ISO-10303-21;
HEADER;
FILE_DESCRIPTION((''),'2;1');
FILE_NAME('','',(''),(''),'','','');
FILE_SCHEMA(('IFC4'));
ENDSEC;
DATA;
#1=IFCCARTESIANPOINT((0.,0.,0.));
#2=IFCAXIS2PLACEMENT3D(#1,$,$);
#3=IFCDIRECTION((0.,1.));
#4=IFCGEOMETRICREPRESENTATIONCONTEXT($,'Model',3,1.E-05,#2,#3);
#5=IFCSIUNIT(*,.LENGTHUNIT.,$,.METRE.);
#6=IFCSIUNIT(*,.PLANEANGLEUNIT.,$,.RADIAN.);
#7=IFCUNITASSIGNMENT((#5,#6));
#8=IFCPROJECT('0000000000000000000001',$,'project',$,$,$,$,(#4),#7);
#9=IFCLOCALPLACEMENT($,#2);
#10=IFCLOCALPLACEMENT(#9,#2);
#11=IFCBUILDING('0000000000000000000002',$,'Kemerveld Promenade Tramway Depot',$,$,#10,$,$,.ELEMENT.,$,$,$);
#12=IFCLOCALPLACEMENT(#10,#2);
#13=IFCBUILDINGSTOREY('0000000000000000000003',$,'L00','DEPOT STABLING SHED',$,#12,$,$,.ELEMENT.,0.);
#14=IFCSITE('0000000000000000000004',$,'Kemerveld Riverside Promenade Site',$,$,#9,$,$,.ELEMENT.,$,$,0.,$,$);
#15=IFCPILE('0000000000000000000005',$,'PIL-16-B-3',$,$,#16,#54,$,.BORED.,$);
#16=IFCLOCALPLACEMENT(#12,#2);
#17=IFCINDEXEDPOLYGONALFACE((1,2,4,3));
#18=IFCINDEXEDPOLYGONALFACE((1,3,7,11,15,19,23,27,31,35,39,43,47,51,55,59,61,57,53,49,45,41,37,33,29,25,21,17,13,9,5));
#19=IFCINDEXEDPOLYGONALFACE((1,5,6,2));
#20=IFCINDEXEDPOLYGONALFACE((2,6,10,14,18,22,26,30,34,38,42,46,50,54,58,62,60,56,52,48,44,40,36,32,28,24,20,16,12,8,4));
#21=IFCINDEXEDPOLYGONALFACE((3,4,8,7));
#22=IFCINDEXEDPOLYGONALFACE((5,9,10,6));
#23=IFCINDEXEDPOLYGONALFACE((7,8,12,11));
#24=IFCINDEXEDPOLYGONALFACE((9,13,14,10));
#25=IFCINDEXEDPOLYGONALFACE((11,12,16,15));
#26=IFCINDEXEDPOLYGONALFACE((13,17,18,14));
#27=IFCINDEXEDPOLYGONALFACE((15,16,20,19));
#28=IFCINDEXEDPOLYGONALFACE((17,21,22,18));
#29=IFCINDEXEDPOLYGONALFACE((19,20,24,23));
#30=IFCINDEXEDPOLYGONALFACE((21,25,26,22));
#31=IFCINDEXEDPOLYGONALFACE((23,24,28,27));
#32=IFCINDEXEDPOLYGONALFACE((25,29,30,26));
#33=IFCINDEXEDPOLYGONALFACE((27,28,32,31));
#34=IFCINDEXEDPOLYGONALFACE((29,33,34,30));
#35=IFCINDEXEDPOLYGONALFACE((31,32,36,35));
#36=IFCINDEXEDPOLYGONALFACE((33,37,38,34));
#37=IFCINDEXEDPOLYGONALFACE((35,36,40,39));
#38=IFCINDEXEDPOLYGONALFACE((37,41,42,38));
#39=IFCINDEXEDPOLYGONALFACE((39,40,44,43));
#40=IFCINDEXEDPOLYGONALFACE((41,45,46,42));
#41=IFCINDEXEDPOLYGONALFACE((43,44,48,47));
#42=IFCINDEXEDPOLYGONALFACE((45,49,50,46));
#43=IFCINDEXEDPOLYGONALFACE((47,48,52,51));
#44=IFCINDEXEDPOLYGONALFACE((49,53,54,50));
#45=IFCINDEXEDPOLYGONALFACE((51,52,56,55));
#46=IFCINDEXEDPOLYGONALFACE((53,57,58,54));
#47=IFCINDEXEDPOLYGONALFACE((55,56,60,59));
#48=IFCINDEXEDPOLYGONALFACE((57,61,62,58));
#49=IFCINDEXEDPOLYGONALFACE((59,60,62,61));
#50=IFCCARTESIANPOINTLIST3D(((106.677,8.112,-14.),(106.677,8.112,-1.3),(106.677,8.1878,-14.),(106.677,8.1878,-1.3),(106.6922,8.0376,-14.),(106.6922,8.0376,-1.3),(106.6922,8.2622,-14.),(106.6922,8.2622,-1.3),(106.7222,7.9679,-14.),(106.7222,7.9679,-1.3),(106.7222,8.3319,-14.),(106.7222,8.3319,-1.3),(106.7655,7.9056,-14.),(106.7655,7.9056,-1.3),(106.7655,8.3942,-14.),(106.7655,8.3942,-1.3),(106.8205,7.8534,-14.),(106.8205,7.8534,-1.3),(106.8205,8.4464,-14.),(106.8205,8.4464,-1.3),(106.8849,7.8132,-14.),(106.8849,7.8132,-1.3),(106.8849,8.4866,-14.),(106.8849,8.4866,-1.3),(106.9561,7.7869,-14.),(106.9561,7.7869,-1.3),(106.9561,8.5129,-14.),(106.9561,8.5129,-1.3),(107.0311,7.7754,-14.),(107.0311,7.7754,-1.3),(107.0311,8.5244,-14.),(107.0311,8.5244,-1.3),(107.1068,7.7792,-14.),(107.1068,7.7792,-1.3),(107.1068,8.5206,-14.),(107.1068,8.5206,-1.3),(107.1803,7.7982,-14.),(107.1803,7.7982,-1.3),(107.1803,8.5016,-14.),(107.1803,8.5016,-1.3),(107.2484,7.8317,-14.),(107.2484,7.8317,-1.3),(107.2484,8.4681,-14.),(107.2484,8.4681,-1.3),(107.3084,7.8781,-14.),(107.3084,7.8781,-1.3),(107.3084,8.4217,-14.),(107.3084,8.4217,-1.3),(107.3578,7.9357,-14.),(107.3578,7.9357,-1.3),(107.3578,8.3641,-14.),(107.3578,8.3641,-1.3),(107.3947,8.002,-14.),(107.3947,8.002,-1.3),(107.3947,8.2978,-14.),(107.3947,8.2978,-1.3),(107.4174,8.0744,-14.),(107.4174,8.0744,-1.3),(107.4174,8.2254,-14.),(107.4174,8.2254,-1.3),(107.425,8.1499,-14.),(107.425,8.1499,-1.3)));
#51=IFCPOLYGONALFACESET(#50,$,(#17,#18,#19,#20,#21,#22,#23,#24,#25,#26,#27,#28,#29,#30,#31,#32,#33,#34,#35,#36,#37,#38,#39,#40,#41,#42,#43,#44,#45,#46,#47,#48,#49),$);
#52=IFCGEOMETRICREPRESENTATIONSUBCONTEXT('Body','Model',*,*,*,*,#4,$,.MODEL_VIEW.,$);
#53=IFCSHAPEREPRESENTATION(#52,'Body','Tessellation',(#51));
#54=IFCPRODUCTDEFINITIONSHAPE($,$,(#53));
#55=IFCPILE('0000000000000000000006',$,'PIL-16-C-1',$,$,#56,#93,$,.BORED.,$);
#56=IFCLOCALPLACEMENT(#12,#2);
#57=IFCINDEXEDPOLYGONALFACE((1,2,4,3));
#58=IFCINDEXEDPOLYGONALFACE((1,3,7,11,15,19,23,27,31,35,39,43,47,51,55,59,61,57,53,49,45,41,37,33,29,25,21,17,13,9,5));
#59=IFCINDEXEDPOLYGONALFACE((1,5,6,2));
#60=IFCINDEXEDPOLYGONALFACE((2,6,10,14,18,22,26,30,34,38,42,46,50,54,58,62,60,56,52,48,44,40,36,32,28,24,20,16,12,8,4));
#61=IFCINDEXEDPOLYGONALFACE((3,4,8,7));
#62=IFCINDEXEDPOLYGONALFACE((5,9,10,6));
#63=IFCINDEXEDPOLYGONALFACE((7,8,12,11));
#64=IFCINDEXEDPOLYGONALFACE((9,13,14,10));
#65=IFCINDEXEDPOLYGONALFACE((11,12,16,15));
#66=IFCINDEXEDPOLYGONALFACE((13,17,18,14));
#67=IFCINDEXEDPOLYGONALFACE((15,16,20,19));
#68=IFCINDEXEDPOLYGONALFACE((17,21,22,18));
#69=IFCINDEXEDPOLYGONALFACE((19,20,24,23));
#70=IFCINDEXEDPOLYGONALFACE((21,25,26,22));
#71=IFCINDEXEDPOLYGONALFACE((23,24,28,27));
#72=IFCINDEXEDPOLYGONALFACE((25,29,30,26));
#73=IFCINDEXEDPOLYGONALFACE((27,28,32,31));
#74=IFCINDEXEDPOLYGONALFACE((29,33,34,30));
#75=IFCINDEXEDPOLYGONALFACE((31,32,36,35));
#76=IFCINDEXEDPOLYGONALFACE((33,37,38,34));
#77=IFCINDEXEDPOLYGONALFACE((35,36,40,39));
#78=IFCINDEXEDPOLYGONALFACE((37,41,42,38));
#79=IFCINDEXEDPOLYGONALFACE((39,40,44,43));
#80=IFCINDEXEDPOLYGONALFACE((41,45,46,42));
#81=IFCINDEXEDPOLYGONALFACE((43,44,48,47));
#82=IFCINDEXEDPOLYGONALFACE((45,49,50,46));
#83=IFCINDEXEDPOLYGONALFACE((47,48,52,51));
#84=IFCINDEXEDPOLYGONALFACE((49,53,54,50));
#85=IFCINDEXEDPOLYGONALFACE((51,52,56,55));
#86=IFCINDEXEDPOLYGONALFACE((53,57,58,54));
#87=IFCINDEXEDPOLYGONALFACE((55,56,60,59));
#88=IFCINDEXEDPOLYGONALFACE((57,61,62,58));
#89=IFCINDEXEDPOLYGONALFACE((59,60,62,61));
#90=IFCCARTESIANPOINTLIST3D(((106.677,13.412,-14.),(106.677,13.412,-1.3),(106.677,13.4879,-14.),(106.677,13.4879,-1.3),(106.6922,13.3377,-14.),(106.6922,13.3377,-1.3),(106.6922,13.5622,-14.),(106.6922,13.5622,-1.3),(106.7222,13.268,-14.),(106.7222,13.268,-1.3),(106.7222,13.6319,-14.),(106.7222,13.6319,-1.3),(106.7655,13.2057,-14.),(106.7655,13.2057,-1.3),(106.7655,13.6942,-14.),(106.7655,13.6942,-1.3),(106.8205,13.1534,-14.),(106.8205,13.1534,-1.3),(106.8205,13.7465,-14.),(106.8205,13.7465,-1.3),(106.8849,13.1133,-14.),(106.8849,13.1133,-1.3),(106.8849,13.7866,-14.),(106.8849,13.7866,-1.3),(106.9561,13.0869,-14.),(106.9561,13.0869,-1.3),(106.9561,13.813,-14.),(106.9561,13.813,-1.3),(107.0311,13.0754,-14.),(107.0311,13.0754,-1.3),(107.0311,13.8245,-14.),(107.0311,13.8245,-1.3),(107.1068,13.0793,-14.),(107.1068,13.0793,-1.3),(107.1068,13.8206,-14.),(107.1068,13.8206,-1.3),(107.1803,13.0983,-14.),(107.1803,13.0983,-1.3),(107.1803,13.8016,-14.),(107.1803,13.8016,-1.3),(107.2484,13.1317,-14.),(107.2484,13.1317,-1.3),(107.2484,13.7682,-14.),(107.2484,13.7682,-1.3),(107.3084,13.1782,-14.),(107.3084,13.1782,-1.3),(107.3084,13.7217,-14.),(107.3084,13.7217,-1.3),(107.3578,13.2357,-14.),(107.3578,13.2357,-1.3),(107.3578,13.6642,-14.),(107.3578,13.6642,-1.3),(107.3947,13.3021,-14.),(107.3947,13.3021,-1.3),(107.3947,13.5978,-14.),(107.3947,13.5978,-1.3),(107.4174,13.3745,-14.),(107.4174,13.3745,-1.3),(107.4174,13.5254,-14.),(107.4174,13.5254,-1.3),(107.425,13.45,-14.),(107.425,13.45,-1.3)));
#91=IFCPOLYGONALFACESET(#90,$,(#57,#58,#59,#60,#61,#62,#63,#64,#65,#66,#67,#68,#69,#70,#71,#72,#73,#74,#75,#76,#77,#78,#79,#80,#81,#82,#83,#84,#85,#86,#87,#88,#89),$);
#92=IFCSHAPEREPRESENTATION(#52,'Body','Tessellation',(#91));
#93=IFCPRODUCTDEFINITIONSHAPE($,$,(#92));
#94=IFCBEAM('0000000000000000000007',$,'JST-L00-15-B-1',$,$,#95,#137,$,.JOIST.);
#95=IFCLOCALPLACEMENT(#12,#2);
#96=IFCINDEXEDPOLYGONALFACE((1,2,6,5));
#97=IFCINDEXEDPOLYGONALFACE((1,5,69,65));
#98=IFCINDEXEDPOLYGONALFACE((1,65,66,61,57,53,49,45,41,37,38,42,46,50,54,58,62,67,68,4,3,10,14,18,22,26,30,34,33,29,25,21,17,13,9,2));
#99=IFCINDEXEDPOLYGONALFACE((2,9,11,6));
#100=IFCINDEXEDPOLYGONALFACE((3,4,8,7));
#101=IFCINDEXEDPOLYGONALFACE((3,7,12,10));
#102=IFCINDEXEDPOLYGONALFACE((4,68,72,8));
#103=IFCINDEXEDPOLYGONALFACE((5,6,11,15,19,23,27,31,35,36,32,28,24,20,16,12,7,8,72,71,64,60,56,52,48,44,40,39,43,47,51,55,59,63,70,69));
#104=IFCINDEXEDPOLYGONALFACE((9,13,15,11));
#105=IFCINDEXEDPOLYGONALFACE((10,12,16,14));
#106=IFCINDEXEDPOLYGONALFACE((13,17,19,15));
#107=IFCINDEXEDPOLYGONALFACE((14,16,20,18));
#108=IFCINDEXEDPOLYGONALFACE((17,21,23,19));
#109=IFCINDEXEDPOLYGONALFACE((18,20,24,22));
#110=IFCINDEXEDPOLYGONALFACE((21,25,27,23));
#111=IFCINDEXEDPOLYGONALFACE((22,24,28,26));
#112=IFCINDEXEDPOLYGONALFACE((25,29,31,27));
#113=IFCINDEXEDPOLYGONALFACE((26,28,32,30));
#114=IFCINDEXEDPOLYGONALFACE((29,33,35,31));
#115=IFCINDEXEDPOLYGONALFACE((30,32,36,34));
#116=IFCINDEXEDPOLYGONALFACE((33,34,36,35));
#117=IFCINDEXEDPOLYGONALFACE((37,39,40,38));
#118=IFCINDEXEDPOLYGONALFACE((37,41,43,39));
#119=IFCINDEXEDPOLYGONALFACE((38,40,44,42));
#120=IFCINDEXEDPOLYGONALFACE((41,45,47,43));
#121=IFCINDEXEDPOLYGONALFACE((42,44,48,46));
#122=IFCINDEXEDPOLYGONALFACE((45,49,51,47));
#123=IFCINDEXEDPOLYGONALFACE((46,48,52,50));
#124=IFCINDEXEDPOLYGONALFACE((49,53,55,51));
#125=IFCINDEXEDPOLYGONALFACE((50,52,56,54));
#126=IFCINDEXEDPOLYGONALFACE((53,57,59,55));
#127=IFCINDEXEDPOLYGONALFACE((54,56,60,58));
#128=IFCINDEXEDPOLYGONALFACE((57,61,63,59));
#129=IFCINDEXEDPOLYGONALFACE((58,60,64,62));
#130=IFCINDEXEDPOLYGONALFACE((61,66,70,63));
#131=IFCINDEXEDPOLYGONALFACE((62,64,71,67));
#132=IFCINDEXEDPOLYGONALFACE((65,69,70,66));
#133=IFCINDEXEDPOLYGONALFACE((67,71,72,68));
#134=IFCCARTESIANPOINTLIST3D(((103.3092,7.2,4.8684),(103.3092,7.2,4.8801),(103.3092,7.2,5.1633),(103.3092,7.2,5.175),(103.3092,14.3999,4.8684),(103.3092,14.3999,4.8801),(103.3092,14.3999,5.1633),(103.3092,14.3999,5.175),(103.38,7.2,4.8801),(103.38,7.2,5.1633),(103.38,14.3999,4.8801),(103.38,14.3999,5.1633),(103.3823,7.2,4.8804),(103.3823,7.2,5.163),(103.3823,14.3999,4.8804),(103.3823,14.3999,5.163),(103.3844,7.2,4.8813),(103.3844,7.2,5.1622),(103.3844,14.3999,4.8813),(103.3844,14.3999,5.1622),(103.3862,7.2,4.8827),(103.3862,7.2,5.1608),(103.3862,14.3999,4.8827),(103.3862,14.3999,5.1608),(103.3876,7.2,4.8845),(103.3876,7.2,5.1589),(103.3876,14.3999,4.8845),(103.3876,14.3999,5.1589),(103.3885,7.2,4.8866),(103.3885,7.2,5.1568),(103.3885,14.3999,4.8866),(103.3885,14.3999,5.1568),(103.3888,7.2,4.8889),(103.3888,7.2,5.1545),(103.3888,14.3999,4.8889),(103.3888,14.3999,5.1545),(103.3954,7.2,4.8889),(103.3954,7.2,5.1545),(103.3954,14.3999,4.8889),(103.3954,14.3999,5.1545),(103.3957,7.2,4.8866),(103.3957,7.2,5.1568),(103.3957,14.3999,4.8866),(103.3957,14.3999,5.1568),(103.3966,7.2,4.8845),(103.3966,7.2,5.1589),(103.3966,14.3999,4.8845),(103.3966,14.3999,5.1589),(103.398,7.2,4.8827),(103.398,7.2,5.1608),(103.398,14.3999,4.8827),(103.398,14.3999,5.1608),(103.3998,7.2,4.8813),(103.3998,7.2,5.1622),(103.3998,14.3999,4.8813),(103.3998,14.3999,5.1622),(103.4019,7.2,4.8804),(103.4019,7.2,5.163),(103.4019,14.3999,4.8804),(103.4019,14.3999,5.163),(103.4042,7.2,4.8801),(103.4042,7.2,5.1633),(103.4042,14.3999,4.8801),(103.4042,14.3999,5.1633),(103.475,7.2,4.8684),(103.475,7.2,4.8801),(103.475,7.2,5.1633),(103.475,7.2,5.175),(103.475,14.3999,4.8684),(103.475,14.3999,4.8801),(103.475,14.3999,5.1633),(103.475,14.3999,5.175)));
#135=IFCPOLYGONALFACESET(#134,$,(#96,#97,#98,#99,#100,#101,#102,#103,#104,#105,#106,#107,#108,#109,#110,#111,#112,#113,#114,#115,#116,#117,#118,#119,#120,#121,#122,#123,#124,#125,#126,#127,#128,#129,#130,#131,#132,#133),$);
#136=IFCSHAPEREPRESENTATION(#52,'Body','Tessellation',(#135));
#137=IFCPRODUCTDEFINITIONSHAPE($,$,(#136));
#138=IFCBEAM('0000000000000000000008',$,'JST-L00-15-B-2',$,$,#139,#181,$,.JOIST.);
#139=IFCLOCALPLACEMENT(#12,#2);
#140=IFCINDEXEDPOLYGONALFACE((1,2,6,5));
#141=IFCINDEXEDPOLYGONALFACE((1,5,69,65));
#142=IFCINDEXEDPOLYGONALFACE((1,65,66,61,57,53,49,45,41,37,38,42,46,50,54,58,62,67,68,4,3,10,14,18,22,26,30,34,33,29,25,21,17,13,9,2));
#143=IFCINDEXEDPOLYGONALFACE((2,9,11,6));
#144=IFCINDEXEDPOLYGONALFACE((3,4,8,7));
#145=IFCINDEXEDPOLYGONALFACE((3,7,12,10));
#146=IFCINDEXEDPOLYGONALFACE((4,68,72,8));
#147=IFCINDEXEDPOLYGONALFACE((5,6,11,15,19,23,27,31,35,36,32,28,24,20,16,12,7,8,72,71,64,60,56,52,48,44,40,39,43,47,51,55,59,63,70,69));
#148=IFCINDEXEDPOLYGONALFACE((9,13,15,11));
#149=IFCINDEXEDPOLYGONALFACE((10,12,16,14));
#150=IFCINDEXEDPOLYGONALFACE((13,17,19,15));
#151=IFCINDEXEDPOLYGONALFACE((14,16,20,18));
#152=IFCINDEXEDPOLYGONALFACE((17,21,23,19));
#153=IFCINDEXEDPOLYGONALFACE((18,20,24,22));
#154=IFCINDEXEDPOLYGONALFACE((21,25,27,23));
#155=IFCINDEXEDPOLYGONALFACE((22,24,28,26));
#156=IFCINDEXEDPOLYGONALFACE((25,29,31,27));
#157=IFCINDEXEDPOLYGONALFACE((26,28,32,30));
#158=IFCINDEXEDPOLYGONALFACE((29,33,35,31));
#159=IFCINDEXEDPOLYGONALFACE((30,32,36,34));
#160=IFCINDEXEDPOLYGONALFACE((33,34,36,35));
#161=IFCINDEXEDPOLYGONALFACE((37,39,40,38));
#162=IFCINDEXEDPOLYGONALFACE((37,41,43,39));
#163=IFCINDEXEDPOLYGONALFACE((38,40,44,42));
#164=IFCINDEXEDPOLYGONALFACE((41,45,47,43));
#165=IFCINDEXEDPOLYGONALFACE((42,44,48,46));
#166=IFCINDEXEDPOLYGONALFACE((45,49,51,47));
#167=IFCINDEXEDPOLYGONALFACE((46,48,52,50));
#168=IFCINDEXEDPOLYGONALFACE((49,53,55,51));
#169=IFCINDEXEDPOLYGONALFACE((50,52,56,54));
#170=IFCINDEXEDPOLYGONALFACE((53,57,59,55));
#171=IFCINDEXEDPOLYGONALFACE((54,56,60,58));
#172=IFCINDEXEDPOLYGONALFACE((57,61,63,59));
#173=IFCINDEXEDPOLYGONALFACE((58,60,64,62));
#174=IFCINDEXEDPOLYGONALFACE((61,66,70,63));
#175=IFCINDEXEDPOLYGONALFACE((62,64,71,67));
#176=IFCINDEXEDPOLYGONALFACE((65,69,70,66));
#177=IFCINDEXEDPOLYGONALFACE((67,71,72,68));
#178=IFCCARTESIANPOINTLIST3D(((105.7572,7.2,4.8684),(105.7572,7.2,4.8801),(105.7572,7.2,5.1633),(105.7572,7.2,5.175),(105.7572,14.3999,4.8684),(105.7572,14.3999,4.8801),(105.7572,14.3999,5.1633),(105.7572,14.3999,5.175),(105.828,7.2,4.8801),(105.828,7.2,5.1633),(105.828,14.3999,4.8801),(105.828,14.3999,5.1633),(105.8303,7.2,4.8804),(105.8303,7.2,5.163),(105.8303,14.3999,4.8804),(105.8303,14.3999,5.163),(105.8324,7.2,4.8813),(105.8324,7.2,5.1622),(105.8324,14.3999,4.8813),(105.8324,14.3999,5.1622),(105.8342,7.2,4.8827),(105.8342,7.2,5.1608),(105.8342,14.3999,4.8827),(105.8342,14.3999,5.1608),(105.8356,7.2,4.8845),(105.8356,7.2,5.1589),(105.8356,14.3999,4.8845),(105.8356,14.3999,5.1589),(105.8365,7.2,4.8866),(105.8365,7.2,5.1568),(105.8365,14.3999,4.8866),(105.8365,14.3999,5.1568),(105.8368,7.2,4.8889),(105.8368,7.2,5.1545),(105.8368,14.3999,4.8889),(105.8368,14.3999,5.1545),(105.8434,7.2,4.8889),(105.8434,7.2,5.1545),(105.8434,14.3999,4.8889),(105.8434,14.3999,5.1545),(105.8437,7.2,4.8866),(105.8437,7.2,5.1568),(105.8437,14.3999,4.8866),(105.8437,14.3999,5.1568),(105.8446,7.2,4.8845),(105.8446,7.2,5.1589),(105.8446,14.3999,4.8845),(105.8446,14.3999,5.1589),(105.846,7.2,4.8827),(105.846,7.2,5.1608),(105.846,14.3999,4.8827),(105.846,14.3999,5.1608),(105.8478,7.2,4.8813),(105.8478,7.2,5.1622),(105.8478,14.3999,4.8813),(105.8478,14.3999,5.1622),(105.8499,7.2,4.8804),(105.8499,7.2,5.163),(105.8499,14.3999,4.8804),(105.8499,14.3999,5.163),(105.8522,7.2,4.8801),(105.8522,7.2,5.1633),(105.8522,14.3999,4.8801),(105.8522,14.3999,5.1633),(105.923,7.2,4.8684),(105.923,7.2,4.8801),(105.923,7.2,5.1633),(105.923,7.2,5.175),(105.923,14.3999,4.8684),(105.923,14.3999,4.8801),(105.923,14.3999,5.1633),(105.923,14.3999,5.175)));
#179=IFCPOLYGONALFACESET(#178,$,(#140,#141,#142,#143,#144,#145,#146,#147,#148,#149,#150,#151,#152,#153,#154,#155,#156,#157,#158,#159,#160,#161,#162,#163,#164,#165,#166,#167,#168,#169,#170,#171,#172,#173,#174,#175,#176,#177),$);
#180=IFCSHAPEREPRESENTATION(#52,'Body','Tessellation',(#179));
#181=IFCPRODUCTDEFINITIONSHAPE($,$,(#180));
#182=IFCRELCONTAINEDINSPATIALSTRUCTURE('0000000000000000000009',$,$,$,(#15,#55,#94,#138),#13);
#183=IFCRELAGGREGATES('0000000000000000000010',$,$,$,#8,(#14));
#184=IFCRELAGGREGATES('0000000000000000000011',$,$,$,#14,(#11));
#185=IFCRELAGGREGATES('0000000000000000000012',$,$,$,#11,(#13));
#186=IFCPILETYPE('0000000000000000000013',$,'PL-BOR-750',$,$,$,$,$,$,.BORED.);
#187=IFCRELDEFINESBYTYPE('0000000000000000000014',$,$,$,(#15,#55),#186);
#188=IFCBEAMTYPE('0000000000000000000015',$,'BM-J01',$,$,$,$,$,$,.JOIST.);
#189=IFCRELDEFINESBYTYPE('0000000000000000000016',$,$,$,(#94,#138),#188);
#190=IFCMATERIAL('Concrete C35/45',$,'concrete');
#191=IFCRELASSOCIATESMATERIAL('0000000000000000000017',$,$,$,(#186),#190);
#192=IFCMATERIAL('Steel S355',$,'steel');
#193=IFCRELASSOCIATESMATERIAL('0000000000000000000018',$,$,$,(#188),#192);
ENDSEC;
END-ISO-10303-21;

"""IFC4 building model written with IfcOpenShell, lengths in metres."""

from ifc_helpers import new_model, si_unit, direction, frame, origin, origin_2d, place, context, subcontext, project, spatial, circle, i_section, extrude, material, material_profile, profile_set, type_object, element, save


model = new_model("IFC4")

# Units and contexts
model_context = context("Model", 3, precision=1e-05, world=origin(), true_north=direction((0.0, 1.0)))
body_context = subcontext(model_context, "Body", "Model", "MODEL_VIEW")
ifc_project = project(units=[si_unit("LENGTHUNIT", "METRE"), si_unit("PLANEANGLEUNIT", "RADIAN")], contexts=[model_context])

# Site, building, storey
site_placement = place(None, origin())
site = spatial("IfcSite", under=ifc_project, at=site_placement, Name="Kemerveld Riverside Promenade Site", CompositionType="ELEMENT", RefElevation=0.0)
building_placement = place(site_placement, origin())
building = spatial("IfcBuilding", under=site, at=building_placement, Name="Kemerveld Promenade Tramway Depot", CompositionType="ELEMENT")
storey_placement = place(building_placement, origin())
storey = spatial("IfcBuildingStorey", under=building, at=storey_placement, Name="L00", Description="DEPOT STABLING SHED", CompositionType="ELEMENT", Elevation=0.0)

# Shared definitions
ifc_material_1 = material(Name="Concrete C35/45", Category="concrete")

# Piles
ifc_material_profile_1 = material_profile(ifc_material_1, circle(Radius=0.375, at=origin_2d()), Name="PILE-D750")
ifc_profile_set_1 = profile_set([ifc_material_profile_1], Name="Concrete C35/45")
pile_type = type_object("IfcPileType", Name="PL-BOR-750", PredefinedType="BORED", material=ifc_profile_set_1)
for number, where, z_axis, x_axis, name in (
    (1, (107.05, 8.1499, -1.3), (0.0, 0.0, -1.0), (1.0, 0.0, 0.0), "PIL-16-B-3"),
    (2, (107.05, 13.45, -1.3), (0.0, 0.0, -1.0), (1.0, 0.0, 0.0), "PIL-16-C-1"),
):
    element("IfcPile", number, at=place(storey_placement, frame(where, z_axis=z_axis, x_axis=x_axis)), inside=storey, type_object=pile_type, Name=name, PredefinedType="BORED", context=body_context, shape_type="SweptSolid", body=[
        extrude(circle(Radius=0.375, at=origin_2d()), origin(), (0.0, 0.0, 1.0), 12.7),
    ])

# Beams
ifc_material_2 = material(Name="Steel S355", Category="steel")
ifc_material_profile_2 = material_profile(ifc_material_2, i_section(OverallWidth=0.1658, OverallDepth=0.3066, WebThickness=0.0066, FlangeThickness=0.0117, FilletRadius=0.0088, at=origin_2d()), Name="305x165x46 UB")
ifc_profile_set_2 = profile_set([ifc_material_profile_2], Name="Steel S355")
beam_type = type_object("IfcBeamType", Name="BM-J01", PredefinedType="JOIST", material=ifc_profile_set_2)
for number, where, z_axis, x_axis, name in (
    (3, (103.3921, 7.2, 5.0217), (0.0, 1.0, 0.0), (-1.0, 0.0, 0.0), "JST-L00-15-B-1"),
    (4, (105.8401, 7.2, 5.0217), (0.0, 1.0, 0.0), (-1.0, 0.0, 0.0), "JST-L00-15-B-2"),
):
    element("IfcBeam", number, at=place(storey_placement, frame(where, z_axis=z_axis, x_axis=x_axis)), inside=storey, type_object=beam_type, Name=name, PredefinedType="JOIST", context=body_context, shape_type="SweptSolid", body=[
        extrude(i_section(OverallWidth=0.1658, OverallDepth=0.3066, WebThickness=0.0066, FlangeThickness=0.0117, FilletRadius=0.0088, at=origin_2d()), origin(), (0.0, 0.0, 1.0), 7.2),
    ])

save(model, "model.ifc")
